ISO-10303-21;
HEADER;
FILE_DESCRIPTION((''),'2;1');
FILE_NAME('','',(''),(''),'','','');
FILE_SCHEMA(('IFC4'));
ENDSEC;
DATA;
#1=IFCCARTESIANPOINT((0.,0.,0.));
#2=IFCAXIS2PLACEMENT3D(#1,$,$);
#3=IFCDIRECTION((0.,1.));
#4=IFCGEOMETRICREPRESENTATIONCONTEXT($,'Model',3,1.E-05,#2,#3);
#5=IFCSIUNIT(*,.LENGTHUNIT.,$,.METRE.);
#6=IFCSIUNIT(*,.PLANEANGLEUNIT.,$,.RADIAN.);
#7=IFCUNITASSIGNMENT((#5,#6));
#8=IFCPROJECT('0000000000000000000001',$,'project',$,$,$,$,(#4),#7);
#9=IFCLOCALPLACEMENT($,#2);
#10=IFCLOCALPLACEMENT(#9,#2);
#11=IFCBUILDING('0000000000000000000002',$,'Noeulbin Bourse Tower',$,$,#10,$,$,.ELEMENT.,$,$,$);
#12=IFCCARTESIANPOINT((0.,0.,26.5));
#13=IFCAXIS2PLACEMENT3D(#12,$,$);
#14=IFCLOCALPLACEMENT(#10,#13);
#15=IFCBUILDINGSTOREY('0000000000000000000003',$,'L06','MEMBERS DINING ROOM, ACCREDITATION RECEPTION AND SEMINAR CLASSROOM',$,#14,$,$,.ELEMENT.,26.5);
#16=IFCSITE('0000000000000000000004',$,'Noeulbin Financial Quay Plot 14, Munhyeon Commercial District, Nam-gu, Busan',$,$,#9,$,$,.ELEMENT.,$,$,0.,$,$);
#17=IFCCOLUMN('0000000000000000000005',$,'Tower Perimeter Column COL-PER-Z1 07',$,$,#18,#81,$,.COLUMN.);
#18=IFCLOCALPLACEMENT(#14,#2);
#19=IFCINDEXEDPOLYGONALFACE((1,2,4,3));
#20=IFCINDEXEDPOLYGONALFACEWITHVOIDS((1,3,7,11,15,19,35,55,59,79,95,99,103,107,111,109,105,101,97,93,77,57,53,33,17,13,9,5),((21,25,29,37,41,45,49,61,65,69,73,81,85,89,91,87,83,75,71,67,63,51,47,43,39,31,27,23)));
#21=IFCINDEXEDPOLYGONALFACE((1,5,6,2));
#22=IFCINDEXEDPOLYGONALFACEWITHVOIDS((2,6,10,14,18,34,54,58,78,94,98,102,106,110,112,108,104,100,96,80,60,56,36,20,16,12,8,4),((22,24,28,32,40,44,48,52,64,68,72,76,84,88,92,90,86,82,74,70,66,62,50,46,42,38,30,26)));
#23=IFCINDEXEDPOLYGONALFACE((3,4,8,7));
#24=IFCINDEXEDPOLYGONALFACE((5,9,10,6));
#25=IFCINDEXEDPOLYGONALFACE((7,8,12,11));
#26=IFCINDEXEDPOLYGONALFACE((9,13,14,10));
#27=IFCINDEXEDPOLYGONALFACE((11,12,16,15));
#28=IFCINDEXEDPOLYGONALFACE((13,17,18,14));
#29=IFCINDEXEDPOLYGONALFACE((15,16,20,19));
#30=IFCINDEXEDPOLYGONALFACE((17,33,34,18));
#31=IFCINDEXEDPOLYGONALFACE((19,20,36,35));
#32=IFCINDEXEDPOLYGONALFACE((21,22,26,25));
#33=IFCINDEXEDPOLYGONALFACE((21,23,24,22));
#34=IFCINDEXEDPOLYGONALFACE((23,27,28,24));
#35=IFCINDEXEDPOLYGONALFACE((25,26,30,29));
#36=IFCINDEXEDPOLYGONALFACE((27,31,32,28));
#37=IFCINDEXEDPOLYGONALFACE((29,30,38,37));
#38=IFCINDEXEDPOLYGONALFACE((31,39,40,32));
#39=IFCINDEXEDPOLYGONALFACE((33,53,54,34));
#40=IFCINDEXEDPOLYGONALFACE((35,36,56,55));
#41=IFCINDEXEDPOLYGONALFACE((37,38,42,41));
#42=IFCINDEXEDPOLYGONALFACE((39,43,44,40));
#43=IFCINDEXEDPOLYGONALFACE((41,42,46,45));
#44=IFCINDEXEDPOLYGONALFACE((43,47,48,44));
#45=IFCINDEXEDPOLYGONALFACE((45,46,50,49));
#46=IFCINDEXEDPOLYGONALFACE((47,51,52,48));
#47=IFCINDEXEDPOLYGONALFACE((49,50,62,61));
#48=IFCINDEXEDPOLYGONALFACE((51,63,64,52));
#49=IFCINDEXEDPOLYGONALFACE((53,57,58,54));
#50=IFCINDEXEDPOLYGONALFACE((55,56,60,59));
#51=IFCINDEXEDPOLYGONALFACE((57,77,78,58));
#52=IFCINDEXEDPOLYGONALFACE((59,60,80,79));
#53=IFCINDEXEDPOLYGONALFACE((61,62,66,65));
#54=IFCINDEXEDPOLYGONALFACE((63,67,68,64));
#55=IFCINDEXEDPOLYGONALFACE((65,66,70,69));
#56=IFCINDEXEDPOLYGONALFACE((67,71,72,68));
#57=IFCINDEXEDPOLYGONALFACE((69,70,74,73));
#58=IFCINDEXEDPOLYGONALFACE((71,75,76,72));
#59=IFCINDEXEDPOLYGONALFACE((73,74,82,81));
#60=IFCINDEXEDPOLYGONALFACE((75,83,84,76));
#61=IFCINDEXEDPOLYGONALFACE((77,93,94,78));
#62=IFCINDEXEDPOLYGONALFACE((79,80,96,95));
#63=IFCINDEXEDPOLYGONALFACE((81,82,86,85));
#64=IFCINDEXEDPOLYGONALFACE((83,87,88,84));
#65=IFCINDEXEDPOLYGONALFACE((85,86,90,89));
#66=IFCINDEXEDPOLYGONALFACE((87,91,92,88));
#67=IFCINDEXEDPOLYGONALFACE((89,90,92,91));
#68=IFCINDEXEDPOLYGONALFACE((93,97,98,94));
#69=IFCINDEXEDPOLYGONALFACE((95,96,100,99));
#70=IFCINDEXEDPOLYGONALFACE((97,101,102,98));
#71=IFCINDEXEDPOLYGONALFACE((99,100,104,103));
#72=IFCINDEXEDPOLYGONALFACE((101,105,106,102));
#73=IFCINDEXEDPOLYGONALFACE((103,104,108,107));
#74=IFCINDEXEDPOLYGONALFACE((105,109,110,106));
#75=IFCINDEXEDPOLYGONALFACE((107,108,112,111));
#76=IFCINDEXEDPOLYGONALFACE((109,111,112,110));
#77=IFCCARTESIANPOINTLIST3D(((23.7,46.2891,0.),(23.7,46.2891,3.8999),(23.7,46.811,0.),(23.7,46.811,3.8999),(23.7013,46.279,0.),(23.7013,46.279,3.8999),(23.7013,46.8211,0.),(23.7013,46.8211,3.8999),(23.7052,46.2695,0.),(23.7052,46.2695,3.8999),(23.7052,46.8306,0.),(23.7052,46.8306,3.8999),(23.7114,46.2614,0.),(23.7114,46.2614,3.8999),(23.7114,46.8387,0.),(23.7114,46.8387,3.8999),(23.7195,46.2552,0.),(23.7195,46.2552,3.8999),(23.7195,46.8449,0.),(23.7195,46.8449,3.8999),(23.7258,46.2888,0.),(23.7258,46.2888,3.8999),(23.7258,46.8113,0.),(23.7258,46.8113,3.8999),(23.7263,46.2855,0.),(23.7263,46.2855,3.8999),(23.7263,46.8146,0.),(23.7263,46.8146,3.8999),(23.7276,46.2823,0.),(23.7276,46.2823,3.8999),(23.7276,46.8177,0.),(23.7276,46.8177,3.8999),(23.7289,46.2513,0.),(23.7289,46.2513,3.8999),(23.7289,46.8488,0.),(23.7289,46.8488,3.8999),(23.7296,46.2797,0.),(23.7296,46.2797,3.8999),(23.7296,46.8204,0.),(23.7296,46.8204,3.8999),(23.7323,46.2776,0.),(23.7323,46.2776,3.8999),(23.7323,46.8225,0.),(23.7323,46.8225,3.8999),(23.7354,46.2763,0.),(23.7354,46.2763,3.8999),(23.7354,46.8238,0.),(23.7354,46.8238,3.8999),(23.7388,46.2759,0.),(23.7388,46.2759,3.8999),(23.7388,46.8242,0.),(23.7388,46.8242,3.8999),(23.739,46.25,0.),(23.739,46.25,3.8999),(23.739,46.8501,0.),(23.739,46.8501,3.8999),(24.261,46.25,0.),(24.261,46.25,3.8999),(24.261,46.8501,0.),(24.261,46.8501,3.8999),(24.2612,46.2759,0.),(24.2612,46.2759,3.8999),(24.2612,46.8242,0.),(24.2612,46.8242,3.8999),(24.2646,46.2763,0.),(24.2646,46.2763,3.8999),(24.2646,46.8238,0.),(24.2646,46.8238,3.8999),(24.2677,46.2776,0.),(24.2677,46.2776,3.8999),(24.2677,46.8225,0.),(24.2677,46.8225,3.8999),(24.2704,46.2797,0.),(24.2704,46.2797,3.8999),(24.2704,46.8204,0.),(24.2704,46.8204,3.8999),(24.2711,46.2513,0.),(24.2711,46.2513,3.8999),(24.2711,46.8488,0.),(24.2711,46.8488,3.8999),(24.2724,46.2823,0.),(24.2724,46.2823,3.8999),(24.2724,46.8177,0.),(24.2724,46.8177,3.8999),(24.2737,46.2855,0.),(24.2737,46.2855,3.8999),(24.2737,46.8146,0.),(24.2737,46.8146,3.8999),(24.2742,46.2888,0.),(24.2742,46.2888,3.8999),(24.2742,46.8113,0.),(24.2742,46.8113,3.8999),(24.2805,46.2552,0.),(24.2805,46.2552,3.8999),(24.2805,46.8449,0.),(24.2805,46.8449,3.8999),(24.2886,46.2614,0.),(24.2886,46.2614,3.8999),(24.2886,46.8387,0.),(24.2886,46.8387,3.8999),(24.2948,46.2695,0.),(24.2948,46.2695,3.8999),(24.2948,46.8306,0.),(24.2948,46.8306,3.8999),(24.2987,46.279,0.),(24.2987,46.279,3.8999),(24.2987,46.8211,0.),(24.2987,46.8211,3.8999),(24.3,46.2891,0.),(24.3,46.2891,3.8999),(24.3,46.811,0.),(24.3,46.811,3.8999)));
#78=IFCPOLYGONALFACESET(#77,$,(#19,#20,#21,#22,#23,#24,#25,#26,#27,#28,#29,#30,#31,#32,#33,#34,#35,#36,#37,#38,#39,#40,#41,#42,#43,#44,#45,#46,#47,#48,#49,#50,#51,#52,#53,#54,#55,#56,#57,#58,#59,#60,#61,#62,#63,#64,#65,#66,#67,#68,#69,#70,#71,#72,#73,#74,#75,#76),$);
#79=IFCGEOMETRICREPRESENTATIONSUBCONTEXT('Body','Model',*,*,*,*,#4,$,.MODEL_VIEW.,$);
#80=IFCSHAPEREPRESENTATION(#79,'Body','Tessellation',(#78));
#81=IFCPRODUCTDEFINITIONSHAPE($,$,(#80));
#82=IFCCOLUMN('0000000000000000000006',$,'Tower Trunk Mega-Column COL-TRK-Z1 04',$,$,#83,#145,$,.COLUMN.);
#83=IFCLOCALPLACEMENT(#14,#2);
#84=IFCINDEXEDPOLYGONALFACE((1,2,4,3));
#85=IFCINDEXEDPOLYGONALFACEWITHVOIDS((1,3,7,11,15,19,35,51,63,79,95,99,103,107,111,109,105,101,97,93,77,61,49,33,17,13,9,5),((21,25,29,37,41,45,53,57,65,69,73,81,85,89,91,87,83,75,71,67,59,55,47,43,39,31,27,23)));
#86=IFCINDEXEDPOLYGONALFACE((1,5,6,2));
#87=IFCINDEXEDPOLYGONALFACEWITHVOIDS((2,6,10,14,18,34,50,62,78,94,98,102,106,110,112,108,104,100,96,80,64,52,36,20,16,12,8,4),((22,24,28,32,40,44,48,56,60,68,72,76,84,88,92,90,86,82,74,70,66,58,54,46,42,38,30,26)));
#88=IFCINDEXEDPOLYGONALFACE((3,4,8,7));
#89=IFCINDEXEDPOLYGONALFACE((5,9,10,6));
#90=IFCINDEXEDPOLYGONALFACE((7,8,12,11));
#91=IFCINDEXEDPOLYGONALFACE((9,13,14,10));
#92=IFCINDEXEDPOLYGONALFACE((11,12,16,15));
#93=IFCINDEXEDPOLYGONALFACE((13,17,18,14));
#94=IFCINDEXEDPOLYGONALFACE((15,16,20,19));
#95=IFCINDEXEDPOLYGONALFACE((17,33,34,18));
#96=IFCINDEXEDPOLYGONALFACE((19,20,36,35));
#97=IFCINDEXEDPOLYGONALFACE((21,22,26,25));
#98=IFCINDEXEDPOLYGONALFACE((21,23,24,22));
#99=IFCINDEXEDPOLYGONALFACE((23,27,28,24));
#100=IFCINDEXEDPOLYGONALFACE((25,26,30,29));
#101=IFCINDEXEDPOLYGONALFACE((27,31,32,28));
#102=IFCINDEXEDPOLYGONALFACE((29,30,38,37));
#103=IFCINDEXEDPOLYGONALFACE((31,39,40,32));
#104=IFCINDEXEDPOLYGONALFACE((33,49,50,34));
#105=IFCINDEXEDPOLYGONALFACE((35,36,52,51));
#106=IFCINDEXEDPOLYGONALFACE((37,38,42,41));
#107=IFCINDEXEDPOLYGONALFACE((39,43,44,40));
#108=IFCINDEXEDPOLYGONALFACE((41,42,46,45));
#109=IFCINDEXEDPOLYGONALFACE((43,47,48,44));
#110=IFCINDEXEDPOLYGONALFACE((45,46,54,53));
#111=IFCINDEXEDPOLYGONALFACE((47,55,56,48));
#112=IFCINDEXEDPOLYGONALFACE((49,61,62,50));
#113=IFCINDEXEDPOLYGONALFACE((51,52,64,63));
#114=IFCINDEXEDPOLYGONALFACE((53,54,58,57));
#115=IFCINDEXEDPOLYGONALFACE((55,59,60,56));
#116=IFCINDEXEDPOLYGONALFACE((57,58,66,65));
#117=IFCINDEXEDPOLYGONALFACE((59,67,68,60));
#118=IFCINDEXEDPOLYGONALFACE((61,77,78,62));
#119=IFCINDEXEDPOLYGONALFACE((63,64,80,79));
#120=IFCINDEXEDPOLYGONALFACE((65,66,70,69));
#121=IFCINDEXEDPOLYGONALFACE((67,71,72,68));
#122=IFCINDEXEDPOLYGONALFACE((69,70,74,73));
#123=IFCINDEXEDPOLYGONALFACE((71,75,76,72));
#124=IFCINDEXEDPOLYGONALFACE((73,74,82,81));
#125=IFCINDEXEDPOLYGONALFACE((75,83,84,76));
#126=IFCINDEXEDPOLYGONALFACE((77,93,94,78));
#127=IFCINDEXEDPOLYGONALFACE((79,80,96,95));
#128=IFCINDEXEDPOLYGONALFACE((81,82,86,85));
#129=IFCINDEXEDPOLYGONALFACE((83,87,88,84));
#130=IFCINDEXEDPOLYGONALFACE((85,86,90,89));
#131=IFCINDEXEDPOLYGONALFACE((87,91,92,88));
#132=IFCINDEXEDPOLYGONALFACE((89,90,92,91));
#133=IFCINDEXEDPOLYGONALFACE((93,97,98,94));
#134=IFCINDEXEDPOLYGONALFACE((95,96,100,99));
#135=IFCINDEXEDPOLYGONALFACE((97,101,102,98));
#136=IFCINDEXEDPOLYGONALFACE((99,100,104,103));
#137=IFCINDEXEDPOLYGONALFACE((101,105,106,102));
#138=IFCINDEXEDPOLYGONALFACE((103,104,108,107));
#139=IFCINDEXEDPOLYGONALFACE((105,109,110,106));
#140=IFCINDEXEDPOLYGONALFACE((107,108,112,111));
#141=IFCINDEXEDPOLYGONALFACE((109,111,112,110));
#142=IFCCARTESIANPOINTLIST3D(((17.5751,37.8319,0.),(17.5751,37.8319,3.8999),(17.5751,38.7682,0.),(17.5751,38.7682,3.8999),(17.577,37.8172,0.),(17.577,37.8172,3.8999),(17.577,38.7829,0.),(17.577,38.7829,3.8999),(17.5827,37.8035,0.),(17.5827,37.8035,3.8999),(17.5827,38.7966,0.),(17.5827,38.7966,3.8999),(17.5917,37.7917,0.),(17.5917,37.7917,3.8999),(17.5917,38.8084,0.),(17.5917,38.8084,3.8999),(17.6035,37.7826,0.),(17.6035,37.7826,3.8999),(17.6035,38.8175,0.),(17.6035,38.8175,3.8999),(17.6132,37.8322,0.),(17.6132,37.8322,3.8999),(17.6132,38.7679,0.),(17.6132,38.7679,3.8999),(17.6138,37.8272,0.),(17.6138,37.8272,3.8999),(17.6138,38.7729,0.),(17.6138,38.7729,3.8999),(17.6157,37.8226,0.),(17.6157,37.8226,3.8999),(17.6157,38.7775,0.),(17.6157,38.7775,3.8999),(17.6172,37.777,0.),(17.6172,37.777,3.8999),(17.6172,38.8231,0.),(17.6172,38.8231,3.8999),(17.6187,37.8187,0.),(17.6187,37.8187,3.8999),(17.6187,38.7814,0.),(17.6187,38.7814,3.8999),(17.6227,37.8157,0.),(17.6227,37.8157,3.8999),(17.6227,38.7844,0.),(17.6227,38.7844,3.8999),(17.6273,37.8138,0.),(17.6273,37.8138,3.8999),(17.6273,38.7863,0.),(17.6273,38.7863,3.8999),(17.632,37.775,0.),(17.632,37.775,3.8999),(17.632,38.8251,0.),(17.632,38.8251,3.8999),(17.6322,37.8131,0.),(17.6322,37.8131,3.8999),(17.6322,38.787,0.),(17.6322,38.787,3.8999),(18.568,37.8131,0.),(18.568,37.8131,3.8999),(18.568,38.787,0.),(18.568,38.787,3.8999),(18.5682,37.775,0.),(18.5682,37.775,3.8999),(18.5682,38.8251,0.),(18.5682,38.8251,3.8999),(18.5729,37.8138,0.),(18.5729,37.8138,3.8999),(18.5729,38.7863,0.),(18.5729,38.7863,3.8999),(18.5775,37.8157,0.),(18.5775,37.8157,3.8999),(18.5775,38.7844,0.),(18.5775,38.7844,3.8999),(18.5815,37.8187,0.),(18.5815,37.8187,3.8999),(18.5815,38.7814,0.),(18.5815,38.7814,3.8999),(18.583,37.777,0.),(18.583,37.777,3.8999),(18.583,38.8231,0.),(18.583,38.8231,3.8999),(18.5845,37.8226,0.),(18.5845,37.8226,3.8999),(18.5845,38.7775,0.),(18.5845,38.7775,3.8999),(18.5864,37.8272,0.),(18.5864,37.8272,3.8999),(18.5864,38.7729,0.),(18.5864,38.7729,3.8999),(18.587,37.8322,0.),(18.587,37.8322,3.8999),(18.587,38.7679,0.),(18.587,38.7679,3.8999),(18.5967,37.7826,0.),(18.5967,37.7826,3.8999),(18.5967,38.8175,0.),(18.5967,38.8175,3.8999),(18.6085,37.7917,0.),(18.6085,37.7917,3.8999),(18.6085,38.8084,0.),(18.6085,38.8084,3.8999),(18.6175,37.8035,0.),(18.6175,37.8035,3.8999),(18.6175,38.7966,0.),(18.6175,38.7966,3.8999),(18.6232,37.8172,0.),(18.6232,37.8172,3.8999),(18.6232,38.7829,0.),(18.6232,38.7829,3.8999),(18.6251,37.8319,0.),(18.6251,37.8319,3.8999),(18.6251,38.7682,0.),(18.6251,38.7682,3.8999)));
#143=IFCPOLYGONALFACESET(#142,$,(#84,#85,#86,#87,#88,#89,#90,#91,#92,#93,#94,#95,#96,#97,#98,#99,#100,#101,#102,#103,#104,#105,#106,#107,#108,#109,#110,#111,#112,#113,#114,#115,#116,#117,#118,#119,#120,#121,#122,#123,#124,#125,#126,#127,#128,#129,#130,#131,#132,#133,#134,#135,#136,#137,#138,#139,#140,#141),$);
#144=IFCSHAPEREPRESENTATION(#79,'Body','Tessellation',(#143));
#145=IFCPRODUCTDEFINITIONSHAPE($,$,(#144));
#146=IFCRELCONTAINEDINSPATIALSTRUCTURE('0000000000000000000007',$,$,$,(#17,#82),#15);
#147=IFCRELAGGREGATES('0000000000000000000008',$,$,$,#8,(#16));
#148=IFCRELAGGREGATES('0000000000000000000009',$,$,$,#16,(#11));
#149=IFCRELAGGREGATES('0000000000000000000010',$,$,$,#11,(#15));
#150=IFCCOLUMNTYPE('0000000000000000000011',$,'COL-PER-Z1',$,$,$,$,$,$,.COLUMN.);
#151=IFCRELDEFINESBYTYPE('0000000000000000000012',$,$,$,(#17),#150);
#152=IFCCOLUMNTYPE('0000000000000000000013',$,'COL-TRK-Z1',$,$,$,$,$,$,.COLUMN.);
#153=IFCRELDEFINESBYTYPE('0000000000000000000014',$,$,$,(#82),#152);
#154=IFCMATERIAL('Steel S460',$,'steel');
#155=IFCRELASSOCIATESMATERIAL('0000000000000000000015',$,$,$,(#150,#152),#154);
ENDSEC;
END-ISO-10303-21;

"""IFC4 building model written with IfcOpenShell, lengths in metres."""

from ifc_helpers import new_model, si_unit, direction, frame, origin, origin_2d, place, context, subcontext, project, spatial, hollow_rectangle, extrude, material, material_profile, profile_set, type_object, element, save


model = new_model("IFC4")

# Units and contexts
model_context = context("Model", 3, precision=1e-05, world=origin(), true_north=direction((0.0, 1.0)))
body_context = subcontext(model_context, "Body", "Model", "MODEL_VIEW")
ifc_project = project(units=[si_unit("LENGTHUNIT", "METRE"), si_unit("PLANEANGLEUNIT", "RADIAN")], contexts=[model_context])

# Site, building, storey
site_placement = place(None, origin())
site = spatial("IfcSite", under=ifc_project, at=site_placement, Name="Noeulbin Financial Quay Plot 14, Munhyeon Commercial District, Nam-gu, Busan", CompositionType="ELEMENT", RefElevation=0.0)
building_placement = place(site_placement, origin())
building = spatial("IfcBuilding", under=site, at=building_placement, Name="Noeulbin Bourse Tower", CompositionType="ELEMENT")
storey_placement = place(building_placement, frame((0.0, 0.0, 26.5)))
storey = spatial("IfcBuildingStorey", under=building, at=storey_placement, Name="L06", Description="MEMBERS DINING ROOM, ACCREDITATION RECEPTION AND SEMINAR CLASSROOM", CompositionType="ELEMENT", Elevation=26.5)

# Columns
ifc_material_1 = material(Name="Steel S460", Category="steel")
ifc_material_profile_1 = material_profile(ifc_material_1, hollow_rectangle(XDim=0.6001, YDim=0.6001, WallThickness=0.0259, InnerFilletRadius=0.0129, OuterFilletRadius=0.0391, at=origin_2d()), Name="BOX-600x600x26", Category="LoadBearing")
ifc_profile_set_1 = profile_set([ifc_material_profile_1], Name="Steel S460")
column_type_1 = type_object("IfcColumnType", Name="COL-PER-Z1", PredefinedType="COLUMN", material=ifc_profile_set_1)
column_placement = place(storey_placement, frame((24.0, 46.55, 0.0), z_axis=(0.0, 0.0, 1.0), x_axis=(1.0, 0.0, 0.0)))
element("IfcColumn", 1, at=column_placement, inside=storey, type_object=column_type_1, Name="Tower Perimeter Column COL-PER-Z1 07", PredefinedType="COLUMN", context=body_context, shape_type="SweptSolid", body=[
    extrude(hollow_rectangle(XDim=0.6001, YDim=0.6001, WallThickness=0.0259, InnerFilletRadius=0.0129, OuterFilletRadius=0.0391, at=origin_2d()), origin(), (0.0, 0.0, 1.0), 3.8999),
])
ifc_material_profile_2 = material_profile(ifc_material_1, hollow_rectangle(XDim=1.05, YDim=1.05, WallThickness=0.0381, InnerFilletRadius=0.019, OuterFilletRadius=0.0569, at=origin_2d()), Name="BOX-1050x1050x38", Category="LoadBearing")
ifc_profile_set_2 = profile_set([ifc_material_profile_2], Name="Steel S460")
column_type_2 = type_object("IfcColumnType", Name="COL-TRK-Z1", PredefinedType="COLUMN", material=ifc_profile_set_2)
for number, where, z_axis, x_axis, name in (
    (2, (18.1001, 38.3, 0.0), (0.0, 0.0, 1.0), (1.0, 0.0, 0.0), "Tower Trunk Mega-Column COL-TRK-Z1 04"),
):
    element("IfcColumn", number, at=place(storey_placement, frame(where, z_axis=z_axis, x_axis=x_axis)), inside=storey, type_object=column_type_2, Name=name, PredefinedType="COLUMN", context=body_context, shape_type="SweptSolid", body=[
        extrude(hollow_rectangle(XDim=1.05, YDim=1.05, WallThickness=0.0381, InnerFilletRadius=0.019, OuterFilletRadius=0.0569, at=origin_2d()), origin(), (0.0, 0.0, 1.0), 3.8999),
    ])

save(model, "model.ifc")
